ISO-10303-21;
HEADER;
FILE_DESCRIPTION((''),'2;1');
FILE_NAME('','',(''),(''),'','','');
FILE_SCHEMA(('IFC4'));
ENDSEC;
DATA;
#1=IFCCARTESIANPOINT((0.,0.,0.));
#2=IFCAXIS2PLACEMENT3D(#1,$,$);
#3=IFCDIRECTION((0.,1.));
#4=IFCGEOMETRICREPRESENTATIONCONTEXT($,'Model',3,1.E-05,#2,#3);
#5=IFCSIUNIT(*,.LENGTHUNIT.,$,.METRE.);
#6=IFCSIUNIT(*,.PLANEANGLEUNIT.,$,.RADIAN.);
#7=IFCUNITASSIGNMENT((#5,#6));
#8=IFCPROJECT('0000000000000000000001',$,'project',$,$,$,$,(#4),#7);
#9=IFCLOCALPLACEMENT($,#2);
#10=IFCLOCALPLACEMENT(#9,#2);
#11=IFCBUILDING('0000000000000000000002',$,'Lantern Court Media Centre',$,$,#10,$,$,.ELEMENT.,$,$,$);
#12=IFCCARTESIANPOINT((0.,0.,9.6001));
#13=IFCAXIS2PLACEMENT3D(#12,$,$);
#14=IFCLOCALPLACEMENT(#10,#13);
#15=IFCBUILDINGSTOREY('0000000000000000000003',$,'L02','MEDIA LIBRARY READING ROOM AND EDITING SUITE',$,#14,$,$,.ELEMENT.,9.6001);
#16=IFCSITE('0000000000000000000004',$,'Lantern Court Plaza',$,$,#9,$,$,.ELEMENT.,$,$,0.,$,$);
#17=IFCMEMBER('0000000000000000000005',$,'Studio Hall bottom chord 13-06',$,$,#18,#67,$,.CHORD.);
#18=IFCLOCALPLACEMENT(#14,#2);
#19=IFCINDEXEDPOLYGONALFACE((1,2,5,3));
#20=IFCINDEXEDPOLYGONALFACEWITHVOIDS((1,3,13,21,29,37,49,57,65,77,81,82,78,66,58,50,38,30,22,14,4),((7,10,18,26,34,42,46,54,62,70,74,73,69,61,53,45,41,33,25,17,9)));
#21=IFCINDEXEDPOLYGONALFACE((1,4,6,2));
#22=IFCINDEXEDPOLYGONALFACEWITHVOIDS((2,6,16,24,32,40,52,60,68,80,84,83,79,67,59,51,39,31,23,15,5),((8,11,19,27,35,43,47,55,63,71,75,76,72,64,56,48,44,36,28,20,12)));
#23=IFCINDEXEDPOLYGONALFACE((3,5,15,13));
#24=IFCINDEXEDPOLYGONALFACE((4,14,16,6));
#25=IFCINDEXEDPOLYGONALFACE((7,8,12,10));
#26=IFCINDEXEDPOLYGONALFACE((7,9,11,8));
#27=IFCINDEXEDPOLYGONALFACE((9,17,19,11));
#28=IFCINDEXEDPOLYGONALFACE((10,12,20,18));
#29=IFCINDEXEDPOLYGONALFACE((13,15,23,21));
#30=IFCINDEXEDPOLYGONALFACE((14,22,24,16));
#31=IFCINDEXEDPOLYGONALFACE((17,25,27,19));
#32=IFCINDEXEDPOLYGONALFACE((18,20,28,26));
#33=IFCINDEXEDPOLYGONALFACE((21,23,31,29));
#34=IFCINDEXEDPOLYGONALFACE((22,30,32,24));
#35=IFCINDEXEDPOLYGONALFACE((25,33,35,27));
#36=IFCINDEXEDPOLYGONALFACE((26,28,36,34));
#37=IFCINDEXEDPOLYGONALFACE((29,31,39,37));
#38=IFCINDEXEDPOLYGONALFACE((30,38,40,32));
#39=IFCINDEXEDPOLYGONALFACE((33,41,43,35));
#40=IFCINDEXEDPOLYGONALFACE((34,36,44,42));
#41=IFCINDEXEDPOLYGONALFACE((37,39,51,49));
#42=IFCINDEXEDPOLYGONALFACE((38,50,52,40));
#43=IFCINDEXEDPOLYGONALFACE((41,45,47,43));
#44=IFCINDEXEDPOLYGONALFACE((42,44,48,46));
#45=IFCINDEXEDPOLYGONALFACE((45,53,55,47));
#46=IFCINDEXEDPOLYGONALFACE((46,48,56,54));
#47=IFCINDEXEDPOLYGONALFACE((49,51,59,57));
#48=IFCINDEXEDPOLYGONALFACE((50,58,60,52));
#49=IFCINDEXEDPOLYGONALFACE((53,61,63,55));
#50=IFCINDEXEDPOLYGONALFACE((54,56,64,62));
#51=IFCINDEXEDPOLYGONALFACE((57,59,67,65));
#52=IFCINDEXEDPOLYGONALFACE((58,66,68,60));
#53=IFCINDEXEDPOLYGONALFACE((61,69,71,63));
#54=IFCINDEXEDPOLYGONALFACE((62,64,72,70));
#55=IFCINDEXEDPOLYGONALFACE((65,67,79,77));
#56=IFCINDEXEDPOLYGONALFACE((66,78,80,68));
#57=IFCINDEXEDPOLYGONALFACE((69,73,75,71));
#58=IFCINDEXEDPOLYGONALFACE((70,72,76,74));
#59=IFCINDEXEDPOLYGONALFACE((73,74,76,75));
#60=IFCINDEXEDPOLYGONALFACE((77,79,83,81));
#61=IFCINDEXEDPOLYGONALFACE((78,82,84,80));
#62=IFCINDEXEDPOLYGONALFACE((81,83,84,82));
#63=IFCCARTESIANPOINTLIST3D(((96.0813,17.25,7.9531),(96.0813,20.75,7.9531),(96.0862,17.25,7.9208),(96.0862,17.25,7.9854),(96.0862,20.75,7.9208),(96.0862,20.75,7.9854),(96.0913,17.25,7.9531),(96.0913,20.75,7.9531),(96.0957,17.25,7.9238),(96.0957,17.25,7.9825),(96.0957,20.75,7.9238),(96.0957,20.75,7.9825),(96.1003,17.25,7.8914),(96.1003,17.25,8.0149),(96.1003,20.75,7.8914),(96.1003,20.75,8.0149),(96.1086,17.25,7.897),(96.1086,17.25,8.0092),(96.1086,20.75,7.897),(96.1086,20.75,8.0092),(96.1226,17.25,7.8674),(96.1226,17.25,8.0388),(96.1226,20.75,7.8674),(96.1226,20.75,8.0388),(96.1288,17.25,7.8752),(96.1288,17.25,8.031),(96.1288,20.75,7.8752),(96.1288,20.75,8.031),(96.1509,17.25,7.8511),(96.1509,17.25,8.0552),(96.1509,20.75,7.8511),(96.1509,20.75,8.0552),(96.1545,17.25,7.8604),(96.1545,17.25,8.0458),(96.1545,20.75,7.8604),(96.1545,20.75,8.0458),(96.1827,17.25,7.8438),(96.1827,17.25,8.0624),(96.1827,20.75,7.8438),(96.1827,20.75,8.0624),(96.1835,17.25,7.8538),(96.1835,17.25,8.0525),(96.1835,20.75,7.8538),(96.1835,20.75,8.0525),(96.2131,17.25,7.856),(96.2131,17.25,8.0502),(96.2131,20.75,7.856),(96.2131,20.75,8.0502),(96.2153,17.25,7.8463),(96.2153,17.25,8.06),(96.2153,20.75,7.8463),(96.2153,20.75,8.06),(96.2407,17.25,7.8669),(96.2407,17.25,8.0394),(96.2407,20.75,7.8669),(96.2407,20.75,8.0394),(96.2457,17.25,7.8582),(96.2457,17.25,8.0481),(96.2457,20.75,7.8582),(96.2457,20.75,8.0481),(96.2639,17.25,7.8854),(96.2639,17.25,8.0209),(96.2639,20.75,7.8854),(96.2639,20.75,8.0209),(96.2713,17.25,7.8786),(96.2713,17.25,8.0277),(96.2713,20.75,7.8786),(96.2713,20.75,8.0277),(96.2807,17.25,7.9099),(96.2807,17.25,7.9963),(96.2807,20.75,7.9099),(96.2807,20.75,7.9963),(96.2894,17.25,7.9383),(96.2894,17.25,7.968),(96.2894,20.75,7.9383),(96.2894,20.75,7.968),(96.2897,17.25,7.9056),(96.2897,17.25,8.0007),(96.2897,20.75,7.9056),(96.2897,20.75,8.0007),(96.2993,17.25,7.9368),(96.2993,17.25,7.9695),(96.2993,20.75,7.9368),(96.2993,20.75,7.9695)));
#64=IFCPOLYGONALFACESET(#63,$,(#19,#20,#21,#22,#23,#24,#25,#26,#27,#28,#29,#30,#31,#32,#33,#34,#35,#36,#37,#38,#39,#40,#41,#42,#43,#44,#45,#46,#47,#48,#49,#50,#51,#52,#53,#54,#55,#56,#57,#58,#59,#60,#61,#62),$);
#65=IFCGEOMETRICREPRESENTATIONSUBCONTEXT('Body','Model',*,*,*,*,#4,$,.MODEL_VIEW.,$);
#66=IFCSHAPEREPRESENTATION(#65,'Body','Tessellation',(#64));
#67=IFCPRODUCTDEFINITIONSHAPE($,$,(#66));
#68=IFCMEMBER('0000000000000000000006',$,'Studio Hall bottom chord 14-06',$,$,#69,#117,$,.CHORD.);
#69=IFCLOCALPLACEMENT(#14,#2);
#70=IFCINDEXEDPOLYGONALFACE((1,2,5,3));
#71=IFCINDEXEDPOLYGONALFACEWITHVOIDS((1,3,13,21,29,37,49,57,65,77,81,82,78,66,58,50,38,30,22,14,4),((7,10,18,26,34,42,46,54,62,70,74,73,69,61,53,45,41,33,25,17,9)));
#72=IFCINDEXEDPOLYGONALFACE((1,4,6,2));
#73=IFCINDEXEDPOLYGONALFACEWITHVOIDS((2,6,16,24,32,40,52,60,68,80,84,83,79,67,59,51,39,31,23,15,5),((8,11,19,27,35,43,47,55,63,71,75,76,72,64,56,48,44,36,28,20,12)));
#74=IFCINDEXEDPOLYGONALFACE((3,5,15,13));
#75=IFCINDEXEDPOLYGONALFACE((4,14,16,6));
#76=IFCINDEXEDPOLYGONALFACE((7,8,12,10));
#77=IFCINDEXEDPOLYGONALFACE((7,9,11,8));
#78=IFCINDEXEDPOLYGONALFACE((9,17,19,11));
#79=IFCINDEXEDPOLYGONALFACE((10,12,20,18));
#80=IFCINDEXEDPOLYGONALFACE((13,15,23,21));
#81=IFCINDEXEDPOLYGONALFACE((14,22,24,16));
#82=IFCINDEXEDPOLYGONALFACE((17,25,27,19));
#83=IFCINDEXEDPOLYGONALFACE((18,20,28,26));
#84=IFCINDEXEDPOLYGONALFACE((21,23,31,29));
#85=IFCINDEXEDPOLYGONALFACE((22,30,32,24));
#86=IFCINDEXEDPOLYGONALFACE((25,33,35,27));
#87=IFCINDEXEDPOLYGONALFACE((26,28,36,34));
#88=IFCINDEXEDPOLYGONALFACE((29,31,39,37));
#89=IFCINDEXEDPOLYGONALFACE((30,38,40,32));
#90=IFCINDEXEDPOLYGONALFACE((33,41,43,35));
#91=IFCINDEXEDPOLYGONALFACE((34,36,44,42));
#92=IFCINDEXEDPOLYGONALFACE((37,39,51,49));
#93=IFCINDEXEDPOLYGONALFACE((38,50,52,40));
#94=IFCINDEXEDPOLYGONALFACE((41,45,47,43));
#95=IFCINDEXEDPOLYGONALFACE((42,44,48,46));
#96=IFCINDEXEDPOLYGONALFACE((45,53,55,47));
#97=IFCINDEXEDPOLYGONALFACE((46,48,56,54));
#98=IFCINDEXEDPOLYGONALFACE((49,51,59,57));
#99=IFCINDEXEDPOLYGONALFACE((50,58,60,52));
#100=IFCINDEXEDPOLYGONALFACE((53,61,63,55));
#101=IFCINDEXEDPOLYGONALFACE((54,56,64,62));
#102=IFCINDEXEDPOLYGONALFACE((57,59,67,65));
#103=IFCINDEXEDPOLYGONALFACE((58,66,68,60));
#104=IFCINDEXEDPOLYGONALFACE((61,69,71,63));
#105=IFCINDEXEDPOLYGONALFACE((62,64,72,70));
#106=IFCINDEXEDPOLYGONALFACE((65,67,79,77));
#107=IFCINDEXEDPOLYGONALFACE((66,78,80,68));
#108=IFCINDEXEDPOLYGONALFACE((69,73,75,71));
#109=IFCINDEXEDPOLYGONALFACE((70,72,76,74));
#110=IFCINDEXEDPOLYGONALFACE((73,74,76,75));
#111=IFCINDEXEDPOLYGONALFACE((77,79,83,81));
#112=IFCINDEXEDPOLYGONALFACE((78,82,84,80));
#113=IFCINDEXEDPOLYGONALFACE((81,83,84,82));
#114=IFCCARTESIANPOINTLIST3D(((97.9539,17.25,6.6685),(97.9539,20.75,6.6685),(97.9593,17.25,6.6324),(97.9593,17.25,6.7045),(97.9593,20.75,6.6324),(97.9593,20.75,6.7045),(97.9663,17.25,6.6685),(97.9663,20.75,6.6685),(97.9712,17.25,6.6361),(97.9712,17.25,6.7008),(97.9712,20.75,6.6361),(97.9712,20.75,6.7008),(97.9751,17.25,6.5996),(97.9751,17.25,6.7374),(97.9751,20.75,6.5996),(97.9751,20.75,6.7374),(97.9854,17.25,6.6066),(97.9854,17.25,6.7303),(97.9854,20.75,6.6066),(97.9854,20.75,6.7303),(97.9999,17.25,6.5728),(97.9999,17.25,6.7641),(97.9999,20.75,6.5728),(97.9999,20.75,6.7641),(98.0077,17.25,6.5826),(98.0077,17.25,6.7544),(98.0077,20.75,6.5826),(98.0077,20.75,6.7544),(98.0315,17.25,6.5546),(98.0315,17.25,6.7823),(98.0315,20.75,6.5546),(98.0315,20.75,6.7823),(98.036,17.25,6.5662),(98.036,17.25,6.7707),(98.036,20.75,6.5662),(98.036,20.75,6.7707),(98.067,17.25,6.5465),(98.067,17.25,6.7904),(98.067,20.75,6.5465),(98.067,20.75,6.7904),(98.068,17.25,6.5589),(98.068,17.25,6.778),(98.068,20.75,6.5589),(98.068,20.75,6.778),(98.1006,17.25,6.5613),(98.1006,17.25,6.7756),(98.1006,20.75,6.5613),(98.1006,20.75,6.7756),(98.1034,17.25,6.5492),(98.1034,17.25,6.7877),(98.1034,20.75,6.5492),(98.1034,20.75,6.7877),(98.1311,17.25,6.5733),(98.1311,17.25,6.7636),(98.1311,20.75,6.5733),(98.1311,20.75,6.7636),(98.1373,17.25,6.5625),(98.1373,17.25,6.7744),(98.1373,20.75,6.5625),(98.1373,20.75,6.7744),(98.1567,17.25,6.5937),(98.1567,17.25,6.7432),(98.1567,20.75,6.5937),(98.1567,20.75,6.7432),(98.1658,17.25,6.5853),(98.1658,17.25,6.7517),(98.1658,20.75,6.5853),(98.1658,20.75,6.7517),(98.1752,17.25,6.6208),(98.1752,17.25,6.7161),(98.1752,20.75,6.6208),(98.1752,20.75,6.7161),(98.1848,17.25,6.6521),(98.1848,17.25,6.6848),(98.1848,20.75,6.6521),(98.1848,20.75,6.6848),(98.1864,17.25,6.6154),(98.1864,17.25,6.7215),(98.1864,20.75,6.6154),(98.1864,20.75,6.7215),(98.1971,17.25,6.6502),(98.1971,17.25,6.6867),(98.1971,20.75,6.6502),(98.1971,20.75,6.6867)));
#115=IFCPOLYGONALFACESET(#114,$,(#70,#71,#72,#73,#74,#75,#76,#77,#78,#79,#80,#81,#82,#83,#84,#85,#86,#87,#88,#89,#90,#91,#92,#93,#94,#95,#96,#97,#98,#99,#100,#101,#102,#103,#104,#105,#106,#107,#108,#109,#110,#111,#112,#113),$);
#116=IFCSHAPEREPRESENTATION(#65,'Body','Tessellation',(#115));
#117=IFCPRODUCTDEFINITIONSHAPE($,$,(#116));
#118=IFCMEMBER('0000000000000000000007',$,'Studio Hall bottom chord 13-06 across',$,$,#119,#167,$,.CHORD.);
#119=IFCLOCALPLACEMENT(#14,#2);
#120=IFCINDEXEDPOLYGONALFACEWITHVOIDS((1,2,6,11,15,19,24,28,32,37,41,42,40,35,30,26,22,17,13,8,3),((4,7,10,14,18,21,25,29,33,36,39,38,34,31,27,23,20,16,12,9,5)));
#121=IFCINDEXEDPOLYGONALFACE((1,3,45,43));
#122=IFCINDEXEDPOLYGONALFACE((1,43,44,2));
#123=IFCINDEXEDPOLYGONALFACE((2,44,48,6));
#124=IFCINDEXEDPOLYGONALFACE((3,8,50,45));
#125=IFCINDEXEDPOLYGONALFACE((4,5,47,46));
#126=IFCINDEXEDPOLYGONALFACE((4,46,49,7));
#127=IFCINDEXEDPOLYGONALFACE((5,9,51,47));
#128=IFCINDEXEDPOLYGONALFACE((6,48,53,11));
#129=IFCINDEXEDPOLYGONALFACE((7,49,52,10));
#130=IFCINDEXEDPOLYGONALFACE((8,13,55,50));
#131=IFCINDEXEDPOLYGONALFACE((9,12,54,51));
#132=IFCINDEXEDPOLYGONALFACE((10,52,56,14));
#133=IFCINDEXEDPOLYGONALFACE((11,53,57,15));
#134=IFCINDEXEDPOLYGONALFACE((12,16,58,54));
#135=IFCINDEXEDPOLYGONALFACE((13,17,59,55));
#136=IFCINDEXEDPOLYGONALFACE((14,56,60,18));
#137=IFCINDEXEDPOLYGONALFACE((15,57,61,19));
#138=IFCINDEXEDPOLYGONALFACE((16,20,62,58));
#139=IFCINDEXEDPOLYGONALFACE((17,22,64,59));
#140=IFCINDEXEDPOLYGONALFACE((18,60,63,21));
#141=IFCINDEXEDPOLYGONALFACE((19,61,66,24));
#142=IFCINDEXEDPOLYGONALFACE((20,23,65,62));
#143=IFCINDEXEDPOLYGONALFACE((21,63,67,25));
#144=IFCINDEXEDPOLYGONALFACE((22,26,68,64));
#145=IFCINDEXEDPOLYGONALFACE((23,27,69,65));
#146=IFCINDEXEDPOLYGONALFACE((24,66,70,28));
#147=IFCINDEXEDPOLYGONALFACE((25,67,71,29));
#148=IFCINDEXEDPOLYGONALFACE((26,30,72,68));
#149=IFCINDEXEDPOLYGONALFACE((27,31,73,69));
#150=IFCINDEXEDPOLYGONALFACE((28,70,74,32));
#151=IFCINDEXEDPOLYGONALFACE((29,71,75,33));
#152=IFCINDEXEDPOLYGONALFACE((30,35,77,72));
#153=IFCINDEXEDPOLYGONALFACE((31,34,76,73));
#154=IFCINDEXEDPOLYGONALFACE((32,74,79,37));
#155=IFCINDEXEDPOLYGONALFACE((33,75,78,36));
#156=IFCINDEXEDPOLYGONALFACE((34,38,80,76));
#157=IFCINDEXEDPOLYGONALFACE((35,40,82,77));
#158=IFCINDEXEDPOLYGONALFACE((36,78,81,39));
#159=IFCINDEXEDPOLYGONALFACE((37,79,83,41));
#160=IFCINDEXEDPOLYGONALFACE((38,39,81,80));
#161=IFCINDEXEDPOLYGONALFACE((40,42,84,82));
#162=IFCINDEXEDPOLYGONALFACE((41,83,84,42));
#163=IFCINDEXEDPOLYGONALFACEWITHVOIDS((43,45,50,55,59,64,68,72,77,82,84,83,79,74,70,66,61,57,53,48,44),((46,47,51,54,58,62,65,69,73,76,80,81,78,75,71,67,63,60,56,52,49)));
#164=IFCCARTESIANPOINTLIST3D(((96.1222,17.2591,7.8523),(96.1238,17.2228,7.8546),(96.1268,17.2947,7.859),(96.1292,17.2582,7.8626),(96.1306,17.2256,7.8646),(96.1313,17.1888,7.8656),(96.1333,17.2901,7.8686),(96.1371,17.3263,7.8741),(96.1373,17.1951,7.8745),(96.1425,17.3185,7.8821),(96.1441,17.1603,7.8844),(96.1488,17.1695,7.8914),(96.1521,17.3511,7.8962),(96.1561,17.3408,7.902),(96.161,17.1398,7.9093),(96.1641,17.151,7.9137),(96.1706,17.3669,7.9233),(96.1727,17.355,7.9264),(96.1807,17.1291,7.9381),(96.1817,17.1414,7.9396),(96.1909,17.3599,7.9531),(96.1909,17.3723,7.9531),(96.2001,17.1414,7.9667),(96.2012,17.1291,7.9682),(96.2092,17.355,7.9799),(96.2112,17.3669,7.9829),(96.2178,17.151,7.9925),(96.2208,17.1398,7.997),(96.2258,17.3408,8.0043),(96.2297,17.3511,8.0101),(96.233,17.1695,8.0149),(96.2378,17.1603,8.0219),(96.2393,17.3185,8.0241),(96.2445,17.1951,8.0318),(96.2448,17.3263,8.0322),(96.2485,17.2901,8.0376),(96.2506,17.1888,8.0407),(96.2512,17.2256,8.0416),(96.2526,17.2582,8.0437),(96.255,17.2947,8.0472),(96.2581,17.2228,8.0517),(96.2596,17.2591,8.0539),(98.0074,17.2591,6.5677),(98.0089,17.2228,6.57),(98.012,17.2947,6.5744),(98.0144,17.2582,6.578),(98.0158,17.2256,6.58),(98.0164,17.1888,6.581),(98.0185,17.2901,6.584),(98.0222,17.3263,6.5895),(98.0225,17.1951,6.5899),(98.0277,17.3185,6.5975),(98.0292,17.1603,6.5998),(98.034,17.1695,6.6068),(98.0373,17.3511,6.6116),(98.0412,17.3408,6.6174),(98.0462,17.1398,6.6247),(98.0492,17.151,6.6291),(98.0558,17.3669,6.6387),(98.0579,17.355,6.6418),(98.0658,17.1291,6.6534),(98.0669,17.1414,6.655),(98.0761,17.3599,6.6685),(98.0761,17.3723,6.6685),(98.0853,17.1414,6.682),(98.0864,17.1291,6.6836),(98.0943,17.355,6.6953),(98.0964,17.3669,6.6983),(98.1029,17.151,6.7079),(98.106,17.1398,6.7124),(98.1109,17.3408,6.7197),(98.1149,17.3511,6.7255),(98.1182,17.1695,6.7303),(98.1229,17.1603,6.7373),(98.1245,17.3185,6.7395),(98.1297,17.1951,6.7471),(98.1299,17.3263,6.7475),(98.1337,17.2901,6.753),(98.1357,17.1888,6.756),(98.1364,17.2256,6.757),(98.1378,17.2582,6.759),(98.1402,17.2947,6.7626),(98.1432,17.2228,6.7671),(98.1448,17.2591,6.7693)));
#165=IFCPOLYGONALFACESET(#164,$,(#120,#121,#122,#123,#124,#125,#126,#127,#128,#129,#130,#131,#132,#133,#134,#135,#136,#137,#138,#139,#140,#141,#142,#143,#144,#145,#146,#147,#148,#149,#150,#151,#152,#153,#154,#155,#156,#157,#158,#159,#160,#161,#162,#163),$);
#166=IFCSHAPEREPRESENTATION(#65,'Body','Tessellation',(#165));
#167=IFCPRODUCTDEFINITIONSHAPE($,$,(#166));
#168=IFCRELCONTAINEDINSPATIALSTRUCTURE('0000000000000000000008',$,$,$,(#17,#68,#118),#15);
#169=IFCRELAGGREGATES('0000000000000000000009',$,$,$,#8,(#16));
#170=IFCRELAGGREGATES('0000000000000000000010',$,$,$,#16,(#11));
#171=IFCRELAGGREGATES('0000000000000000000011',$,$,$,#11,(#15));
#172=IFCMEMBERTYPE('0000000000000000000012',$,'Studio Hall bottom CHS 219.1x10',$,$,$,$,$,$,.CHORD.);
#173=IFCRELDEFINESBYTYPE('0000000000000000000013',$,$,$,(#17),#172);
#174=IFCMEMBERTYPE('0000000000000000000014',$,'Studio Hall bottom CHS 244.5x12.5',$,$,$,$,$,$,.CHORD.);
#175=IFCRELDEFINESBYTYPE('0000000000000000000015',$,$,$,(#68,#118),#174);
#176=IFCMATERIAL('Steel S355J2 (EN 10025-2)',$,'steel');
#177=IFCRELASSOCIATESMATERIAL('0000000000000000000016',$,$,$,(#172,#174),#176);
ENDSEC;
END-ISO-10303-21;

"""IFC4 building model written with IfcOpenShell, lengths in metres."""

from ifc_helpers import new_model, si_unit, direction, frame, origin, origin_2d, place, context, subcontext, project, spatial, hollow_circle, extrude, material, material_profile, profile_set, type_object, element, save


model = new_model("IFC4")

# Units and contexts
model_context = context("Model", 3, precision=1e-05, world=origin(), true_north=direction((0.0, 1.0)))
body_context = subcontext(model_context, "Body", "Model", "MODEL_VIEW")
ifc_project = project(units=[si_unit("LENGTHUNIT", "METRE"), si_unit("PLANEANGLEUNIT", "RADIAN")], contexts=[model_context])

# Site, building, storey
site_placement = place(None, origin())
site = spatial("IfcSite", under=ifc_project, at=site_placement, Name="Lantern Court Plaza", CompositionType="ELEMENT", RefElevation=0.0)
building_placement = place(site_placement, origin())
building = spatial("IfcBuilding", under=site, at=building_placement, Name="Lantern Court Media Centre", CompositionType="ELEMENT")
storey_placement = place(building_placement, frame((0.0, 0.0, 9.6001)))
storey = spatial("IfcBuildingStorey", under=building, at=storey_placement, Name="L02", Description="MEDIA LIBRARY READING ROOM AND EDITING SUITE", CompositionType="ELEMENT", Elevation=9.6001)

# Members
ifc_material = material(Name="Steel S355J2 (EN 10025-2)", Category="steel")
ifc_material_profile_1 = material_profile(ifc_material, hollow_circle(Radius=0.1096, WallThickness=0.01, at=origin_2d()), Name="Studio Hall bottom CHS 219.1x10")
ifc_profile_set_1 = profile_set([ifc_material_profile_1], Name="Steel S355J2 (EN 10025-2)")
member_type_1 = type_object("IfcMemberType", Name="Studio Hall bottom CHS 219.1x10", PredefinedType="CHORD", material=ifc_profile_set_1)
member_1_placement = place(storey_placement, frame((96.1909, 17.25, 7.9531), z_axis=(0.0, 1.0, 0.0), x_axis=(-1.0, 0.0, 0.0)))
element("IfcMember", 1, at=member_1_placement, inside=storey, type_object=member_type_1, Name="Studio Hall bottom chord 13-06", PredefinedType="CHORD", context=body_context, shape_type="SweptSolid", body=[
    extrude(hollow_circle(Radius=0.1096, WallThickness=0.01, at=origin_2d()), origin(), (0.0, 0.0, 1.0), 3.5),
])
ifc_material_profile_2 = material_profile(ifc_material, hollow_circle(Radius=0.1223, WallThickness=0.0125, at=origin_2d()), Name="Studio Hall bottom CHS 244.5x12.5")
ifc_profile_set_2 = profile_set([ifc_material_profile_2], Name="Steel S355J2 (EN 10025-2)")
member_type_2 = type_object("IfcMemberType", Name="Studio Hall bottom CHS 244.5x12.5", PredefinedType="CHORD", material=ifc_profile_set_2)
member_2_placement = place(storey_placement, frame((98.0762, 17.25, 6.6685), z_axis=(0.0, 1.0, 0.0), x_axis=(-1.0, 0.0, 0.0)))
element("IfcMember", 2, at=member_2_placement, inside=storey, type_object=member_type_2, Name="Studio Hall bottom chord 14-06", PredefinedType="CHORD", context=body_context, shape_type="SweptSolid", body=[
    extrude(hollow_circle(Radius=0.1223, WallThickness=0.0125, at=origin_2d()), origin(), (0.0, 0.0, 1.0), 3.5),
])
member_3_placement = place(storey_placement, frame((96.1909, 17.25, 7.9531), z_axis=(0.826377, 0.0, -0.563118), x_axis=(0.0, 1.0, 0.0)))
element("IfcMember", 3, at=member_3_placement, inside=storey, type_object=member_type_2, Name="Studio Hall bottom chord 13-06 across", PredefinedType="CHORD", context=body_context, shape_type="SweptSolid", body=[
    extrude(hollow_circle(Radius=0.1223, WallThickness=0.0125, at=origin_2d()), origin(), (0.0, 0.0, 1.0), 2.2812),
])

save(model, "model.ifc")
